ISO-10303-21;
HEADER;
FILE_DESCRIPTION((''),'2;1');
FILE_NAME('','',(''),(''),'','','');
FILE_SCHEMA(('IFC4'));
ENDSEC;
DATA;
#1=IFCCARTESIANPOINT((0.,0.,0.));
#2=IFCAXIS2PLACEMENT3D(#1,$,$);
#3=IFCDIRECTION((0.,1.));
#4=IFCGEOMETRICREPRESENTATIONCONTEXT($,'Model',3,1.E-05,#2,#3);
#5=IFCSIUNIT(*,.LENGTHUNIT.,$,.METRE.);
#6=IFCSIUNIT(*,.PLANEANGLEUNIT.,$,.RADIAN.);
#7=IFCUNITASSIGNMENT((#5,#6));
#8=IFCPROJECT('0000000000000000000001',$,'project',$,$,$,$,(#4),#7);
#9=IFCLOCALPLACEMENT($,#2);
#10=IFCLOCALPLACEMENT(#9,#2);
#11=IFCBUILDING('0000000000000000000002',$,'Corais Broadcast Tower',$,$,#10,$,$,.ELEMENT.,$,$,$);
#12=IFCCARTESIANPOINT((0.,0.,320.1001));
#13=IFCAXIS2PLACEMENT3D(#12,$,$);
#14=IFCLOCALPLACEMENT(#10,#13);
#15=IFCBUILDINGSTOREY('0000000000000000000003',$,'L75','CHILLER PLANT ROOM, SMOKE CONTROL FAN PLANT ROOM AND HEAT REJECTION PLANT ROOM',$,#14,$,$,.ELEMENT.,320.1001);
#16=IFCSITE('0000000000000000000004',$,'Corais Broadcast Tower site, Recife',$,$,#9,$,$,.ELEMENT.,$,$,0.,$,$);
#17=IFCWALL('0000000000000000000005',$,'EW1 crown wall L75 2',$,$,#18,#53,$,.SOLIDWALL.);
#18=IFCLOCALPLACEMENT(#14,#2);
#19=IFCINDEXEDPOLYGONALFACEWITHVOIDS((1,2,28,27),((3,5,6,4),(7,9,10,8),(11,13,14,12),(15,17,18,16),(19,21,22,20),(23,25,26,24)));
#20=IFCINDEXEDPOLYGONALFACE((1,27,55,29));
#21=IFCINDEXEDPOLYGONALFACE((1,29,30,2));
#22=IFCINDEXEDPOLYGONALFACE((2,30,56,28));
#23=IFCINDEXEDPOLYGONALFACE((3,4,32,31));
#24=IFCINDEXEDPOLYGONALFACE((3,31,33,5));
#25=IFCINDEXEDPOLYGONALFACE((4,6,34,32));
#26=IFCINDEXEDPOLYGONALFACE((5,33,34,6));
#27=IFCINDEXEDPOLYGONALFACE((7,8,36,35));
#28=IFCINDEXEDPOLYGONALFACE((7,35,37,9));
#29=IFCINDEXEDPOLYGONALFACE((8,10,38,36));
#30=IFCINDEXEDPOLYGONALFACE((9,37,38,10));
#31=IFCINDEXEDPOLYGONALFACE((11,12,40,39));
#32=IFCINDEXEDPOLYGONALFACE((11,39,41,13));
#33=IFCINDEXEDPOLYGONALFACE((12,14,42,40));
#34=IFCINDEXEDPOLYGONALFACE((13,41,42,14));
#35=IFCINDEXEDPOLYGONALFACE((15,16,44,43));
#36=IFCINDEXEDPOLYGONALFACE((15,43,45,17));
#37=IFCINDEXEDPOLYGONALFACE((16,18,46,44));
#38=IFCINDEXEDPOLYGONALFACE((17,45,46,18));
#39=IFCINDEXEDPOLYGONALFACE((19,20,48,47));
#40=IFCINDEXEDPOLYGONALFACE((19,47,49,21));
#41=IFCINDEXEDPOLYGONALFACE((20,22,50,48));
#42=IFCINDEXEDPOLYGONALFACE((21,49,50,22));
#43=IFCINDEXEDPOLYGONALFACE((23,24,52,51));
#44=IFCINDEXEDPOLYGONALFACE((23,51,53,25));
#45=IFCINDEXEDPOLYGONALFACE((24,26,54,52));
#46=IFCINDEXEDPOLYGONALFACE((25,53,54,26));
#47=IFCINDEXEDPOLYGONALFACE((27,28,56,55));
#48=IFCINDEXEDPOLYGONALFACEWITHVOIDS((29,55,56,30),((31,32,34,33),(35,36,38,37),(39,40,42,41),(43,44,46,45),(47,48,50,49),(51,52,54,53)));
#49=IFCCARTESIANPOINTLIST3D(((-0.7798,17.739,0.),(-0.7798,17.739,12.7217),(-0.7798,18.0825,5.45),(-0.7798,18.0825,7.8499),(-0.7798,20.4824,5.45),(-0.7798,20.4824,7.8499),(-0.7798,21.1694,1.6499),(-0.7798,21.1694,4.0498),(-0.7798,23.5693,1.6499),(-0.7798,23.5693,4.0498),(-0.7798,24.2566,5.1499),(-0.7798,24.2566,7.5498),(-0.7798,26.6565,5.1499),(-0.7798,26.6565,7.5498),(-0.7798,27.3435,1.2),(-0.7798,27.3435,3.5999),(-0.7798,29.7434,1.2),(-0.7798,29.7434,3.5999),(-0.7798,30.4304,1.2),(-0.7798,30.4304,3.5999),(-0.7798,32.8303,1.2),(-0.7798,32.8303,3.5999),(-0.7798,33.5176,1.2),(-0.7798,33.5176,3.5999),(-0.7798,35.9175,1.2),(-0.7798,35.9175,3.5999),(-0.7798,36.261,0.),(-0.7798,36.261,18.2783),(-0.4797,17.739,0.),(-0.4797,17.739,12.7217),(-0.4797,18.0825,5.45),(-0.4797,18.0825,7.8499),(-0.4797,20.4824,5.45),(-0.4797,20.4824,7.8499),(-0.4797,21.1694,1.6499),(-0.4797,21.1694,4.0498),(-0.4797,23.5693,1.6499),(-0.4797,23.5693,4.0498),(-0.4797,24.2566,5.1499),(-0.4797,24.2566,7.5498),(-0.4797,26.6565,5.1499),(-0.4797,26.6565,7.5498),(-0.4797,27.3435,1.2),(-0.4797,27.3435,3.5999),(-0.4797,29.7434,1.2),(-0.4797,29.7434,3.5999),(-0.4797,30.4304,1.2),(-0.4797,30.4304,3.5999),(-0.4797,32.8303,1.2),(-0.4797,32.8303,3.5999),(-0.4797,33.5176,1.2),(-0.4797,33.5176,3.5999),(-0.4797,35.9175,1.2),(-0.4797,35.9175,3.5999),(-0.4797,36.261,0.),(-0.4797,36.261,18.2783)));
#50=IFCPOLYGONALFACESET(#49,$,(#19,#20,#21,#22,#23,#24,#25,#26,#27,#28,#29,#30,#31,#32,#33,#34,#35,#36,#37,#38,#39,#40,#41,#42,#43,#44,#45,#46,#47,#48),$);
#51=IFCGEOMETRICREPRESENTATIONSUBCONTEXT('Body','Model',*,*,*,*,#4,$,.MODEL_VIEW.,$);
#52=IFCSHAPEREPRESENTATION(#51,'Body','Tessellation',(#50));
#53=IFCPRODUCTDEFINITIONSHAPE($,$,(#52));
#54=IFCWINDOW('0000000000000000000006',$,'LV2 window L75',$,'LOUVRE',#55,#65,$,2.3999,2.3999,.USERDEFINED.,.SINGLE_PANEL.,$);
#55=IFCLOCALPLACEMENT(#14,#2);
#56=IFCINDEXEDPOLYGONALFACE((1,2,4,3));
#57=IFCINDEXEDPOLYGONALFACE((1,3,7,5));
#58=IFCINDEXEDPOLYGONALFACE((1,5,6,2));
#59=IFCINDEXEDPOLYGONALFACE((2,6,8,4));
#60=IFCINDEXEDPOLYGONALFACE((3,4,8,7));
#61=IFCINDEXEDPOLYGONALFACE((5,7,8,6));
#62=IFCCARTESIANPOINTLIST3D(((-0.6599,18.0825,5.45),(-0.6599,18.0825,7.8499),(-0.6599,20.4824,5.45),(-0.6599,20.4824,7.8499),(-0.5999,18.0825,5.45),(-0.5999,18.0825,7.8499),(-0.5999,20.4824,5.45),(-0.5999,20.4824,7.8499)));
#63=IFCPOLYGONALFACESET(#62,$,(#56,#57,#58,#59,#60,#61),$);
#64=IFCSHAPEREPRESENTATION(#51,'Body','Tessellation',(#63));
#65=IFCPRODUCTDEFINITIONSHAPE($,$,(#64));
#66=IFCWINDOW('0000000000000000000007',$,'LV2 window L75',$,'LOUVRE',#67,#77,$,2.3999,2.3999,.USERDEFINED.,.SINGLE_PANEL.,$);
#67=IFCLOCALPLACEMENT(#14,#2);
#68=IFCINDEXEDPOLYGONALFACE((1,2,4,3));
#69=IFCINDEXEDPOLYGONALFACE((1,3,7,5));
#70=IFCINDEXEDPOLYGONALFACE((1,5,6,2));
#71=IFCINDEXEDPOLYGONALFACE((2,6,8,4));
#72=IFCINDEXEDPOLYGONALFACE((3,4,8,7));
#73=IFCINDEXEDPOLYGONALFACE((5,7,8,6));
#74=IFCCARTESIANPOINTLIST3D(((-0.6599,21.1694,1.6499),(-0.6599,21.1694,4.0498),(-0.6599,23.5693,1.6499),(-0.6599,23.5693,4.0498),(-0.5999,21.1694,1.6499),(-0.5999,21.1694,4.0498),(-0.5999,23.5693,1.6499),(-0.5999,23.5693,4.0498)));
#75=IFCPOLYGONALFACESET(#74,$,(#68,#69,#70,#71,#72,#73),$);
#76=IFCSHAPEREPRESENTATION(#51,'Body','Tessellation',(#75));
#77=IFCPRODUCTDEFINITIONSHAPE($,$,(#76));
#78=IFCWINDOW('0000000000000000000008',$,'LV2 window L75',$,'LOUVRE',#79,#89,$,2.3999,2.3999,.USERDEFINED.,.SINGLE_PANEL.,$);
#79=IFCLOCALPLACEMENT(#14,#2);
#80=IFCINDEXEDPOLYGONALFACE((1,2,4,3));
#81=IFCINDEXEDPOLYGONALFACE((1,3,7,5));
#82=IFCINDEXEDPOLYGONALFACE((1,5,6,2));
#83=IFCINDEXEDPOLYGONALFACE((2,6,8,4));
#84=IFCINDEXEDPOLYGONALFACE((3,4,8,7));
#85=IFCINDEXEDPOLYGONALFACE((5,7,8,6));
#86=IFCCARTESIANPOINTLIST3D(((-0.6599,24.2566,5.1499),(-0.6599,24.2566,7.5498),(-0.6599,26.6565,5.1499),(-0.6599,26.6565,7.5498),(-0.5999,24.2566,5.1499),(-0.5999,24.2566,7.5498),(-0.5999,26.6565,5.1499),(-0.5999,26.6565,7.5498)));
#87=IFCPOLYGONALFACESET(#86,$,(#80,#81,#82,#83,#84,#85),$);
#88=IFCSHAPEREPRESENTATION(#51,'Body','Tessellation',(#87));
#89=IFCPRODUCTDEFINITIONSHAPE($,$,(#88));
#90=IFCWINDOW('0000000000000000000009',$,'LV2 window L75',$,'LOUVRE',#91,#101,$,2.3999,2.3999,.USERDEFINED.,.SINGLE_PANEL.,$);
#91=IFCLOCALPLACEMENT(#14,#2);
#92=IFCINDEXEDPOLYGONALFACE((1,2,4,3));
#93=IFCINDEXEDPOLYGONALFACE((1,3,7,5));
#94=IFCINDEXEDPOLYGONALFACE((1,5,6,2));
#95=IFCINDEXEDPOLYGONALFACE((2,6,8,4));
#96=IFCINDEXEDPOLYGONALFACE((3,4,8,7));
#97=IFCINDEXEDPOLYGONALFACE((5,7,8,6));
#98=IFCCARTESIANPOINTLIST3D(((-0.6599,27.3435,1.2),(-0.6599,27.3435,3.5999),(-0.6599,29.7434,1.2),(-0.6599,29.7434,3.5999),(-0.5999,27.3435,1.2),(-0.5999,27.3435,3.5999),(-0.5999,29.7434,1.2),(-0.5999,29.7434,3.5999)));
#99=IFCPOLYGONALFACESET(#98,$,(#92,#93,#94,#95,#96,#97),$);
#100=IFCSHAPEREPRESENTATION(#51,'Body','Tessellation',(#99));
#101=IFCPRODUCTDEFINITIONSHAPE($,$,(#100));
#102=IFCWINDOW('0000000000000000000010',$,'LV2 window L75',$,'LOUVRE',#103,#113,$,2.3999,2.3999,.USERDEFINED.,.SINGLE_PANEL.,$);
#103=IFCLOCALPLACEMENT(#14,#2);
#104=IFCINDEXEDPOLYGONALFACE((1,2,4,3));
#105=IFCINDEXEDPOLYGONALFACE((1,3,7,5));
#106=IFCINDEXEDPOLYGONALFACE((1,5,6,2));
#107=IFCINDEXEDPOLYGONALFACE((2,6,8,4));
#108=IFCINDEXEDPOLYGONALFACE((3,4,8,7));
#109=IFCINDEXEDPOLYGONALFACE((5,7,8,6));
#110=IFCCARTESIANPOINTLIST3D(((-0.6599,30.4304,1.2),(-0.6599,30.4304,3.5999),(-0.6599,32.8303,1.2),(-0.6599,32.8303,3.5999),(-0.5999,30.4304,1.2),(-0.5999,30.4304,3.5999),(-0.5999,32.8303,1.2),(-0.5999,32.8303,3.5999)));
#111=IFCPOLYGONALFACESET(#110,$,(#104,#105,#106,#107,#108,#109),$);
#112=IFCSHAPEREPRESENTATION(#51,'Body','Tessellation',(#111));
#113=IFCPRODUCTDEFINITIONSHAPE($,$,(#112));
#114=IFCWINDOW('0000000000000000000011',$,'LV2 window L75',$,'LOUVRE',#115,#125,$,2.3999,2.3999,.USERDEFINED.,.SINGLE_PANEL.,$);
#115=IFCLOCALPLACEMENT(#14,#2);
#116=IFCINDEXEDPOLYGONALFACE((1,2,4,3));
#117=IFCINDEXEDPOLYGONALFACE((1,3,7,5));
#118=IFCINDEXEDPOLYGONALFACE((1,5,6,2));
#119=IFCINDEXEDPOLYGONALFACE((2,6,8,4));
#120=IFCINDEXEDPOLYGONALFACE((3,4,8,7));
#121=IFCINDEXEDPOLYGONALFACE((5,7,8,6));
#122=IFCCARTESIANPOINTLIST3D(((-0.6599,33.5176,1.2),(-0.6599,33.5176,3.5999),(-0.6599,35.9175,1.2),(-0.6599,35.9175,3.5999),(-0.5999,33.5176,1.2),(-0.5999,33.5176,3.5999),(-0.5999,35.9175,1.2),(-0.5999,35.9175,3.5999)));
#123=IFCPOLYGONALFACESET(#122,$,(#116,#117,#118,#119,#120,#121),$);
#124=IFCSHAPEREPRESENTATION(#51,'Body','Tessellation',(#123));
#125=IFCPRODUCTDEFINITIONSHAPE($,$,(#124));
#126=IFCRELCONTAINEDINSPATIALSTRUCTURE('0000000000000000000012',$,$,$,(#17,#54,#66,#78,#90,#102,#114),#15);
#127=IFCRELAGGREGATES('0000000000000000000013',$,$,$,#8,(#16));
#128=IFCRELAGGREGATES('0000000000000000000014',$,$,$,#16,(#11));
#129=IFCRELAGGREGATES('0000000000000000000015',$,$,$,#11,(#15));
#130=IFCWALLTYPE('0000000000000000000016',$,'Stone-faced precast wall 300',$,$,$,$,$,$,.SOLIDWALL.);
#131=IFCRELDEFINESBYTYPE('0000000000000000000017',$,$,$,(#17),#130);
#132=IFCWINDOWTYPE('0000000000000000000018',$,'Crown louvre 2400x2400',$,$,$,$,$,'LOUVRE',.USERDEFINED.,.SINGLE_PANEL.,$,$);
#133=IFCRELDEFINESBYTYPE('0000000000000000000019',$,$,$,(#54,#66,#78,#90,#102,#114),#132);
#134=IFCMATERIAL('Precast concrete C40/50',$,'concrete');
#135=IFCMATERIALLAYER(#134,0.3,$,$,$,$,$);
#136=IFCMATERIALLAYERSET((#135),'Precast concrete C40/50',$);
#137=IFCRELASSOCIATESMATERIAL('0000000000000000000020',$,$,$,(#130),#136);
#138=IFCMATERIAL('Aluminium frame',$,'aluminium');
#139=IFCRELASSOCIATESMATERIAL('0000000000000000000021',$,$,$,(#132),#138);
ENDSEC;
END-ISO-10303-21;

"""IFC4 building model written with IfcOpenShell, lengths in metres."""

from ifc_helpers import new_model, si_unit, direction, frame, frame_2d, origin, place, context, subcontext, project, spatial, polyline, rectangle, outline, extrude, material, layer, layer_set, type_object, element, fill, save


model = new_model("IFC4")

# Units and contexts
model_context = context("Model", 3, precision=1e-05, world=origin(), true_north=direction((0.0, 1.0)))
body_context = subcontext(model_context, "Body", "Model", "MODEL_VIEW")
ifc_project = project(units=[si_unit("LENGTHUNIT", "METRE"), si_unit("PLANEANGLEUNIT", "RADIAN")], contexts=[model_context])

# Site, building, storey
site_placement = place(None, origin())
site = spatial("IfcSite", under=ifc_project, at=site_placement, Name="Corais Broadcast Tower site, Recife", CompositionType="ELEMENT", RefElevation=0.0)
building_placement = place(site_placement, origin())
building = spatial("IfcBuilding", under=site, at=building_placement, Name="Corais Broadcast Tower", CompositionType="ELEMENT")
storey_placement = place(building_placement, frame((0.0, 0.0, 320.1001)))
storey = spatial("IfcBuildingStorey", under=building, at=storey_placement, Name="L75", Description="CHILLER PLANT ROOM, SMOKE CONTROL FAN PLANT ROOM AND HEAT REJECTION PLANT ROOM", CompositionType="ELEMENT", Elevation=320.1001)

# Wall, openings, windows
ifc_material_1 = material(Name="Precast concrete C40/50", Category="concrete")
ifc_layer_1 = layer(ifc_material_1, 0.3)
ifc_layer_set_1 = layer_set([ifc_layer_1], Name="Precast concrete C40/50")
wall_type = type_object("IfcWallType", Name="Stone-faced precast wall 300", PredefinedType="SOLIDWALL", material=ifc_layer_set_1)
wall_placement = place(storey_placement, frame((-0.6299, 17.739, 0.0), z_axis=(0.0, 0.0, 1.0), x_axis=(0.0, 1.0, 0.0)))
wall = element("IfcWall", 1, at=wall_placement, inside=storey, type_object=wall_type, Name="EW1 crown wall L75 2", PredefinedType="SOLIDWALL", context=body_context, shape_type="SweptSolid", body=[
    extrude(outline(polyline([(0.0, 0.0), (18.522, 0.0), (18.522, 18.2783), (0.0, 12.7217), (0.0, 0.0)])), frame((0.0, 0.1499, 0.0), z_axis=(0.0, -1.0, 0.0), x_axis=(1.0, 0.0, 0.0)), (0.0, 0.0, 1.0), 0.3),
])
opening_1_placement = place(wall_placement, frame((0.3435, 0.0, 5.45)))
opening_1 = element("IfcOpeningElement", 2, at=opening_1_placement, cuts=wall, PredefinedType="OPENING", context=body_context, shape_type="SweptSolid", body=[
    extrude(rectangle(XDim=2.3999, YDim=2.3999, at=frame_2d((1.2, 1.2))), frame((0.0, 0.1599, 0.0), z_axis=(0.0, -1.0, 0.0), x_axis=(1.0, 0.0, 0.0)), (0.0, 0.0, 1.0), 0.3201),
])
opening_2_placement = place(wall_placement, frame((3.4304, 0.0, 1.6499)))
opening_2 = element("IfcOpeningElement", 3, at=opening_2_placement, cuts=wall, PredefinedType="OPENING", context=body_context, shape_type="SweptSolid", body=[
    extrude(rectangle(XDim=2.3999, YDim=2.3999, at=frame_2d((1.2, 1.2))), frame((0.0, 0.1599, 0.0), z_axis=(0.0, -1.0, 0.0), x_axis=(1.0, 0.0, 0.0)), (0.0, 0.0, 1.0), 0.3201),
])
opening_3_placement = place(wall_placement, frame((6.5176, 0.0, 5.1499)))
opening_3 = element("IfcOpeningElement", 4, at=opening_3_placement, cuts=wall, PredefinedType="OPENING", context=body_context, shape_type="SweptSolid", body=[
    extrude(rectangle(XDim=2.3999, YDim=2.3999, at=frame_2d((1.2, 1.2))), frame((0.0, 0.1599, 0.0), z_axis=(0.0, -1.0, 0.0), x_axis=(1.0, 0.0, 0.0)), (0.0, 0.0, 1.0), 0.3201),
])
opening_4_placement = place(wall_placement, frame((9.6045, 0.0, 1.2)))
opening_4 = element("IfcOpeningElement", 5, at=opening_4_placement, cuts=wall, PredefinedType="OPENING", context=body_context, shape_type="SweptSolid", body=[
    extrude(rectangle(XDim=2.3999, YDim=2.3999, at=frame_2d((1.2, 1.2))), frame((0.0, 0.1599, 0.0), z_axis=(0.0, -1.0, 0.0), x_axis=(1.0, 0.0, 0.0)), (0.0, 0.0, 1.0), 0.3201),
])
opening_5_placement = place(wall_placement, frame((12.6914, 0.0, 1.2)))
opening_5 = element("IfcOpeningElement", 6, at=opening_5_placement, cuts=wall, PredefinedType="OPENING", context=body_context, shape_type="SweptSolid", body=[
    extrude(rectangle(XDim=2.3999, YDim=2.3999, at=frame_2d((1.2, 1.2))), frame((0.0, 0.1599, 0.0), z_axis=(0.0, -1.0, 0.0), x_axis=(1.0, 0.0, 0.0)), (0.0, 0.0, 1.0), 0.3201),
])
opening_6_placement = place(wall_placement, frame((15.7786, 0.0, 1.2)))
opening_6 = element("IfcOpeningElement", 7, at=opening_6_placement, cuts=wall, PredefinedType="OPENING", context=body_context, shape_type="SweptSolid", body=[
    extrude(rectangle(XDim=2.3999, YDim=2.3999, at=frame_2d((1.2, 1.2))), frame((0.0, 0.1599, 0.0), z_axis=(0.0, -1.0, 0.0), x_axis=(1.0, 0.0, 0.0)), (0.0, 0.0, 1.0), 0.3201),
])
ifc_material_2 = material(Name="Aluminium frame", Category="aluminium")
window_type = type_object("IfcWindowType", Name="Crown louvre 2400x2400", ElementType="LOUVRE", PartitioningType="SINGLE_PANEL", PredefinedType="USERDEFINED", material=ifc_material_2)
window_1_placement = place(opening_1_placement, origin())
window_1 = element("IfcWindow", 8, at=window_1_placement, inside=storey, type_object=window_type, Name="LV2 window L75", ObjectType="LOUVRE", OverallHeight=2.3999, OverallWidth=2.3999, PartitioningType="SINGLE_PANEL", PredefinedType="USERDEFINED", context=body_context, shape_type="SweptSolid", body=[
    extrude(rectangle(XDim=2.3999, YDim=2.3999, at=frame_2d((1.2, 1.2))), frame((0.0, 0.03, 0.0), z_axis=(0.0, -1.0, 0.0), x_axis=(1.0, 0.0, 0.0)), (0.0, 0.0, 1.0), 0.0601),
])
fill(opening_1, window_1)
window_2_placement = place(opening_2_placement, origin())
window_2 = element("IfcWindow", 9, at=window_2_placement, inside=storey, type_object=window_type, Name="LV2 window L75", ObjectType="LOUVRE", OverallHeight=2.3999, OverallWidth=2.3999, PartitioningType="SINGLE_PANEL", PredefinedType="USERDEFINED", context=body_context, shape_type="SweptSolid", body=[
    extrude(rectangle(XDim=2.3999, YDim=2.3999, at=frame_2d((1.2, 1.2))), frame((0.0, 0.03, 0.0), z_axis=(0.0, -1.0, 0.0), x_axis=(1.0, 0.0, 0.0)), (0.0, 0.0, 1.0), 0.0601),
])
fill(opening_2, window_2)
window_3_placement = place(opening_3_placement, origin())
window_3 = element("IfcWindow", 10, at=window_3_placement, inside=storey, type_object=window_type, Name="LV2 window L75", ObjectType="LOUVRE", OverallHeight=2.3999, OverallWidth=2.3999, PartitioningType="SINGLE_PANEL", PredefinedType="USERDEFINED", context=body_context, shape_type="SweptSolid", body=[
    extrude(rectangle(XDim=2.3999, YDim=2.3999, at=frame_2d((1.2, 1.2))), frame((0.0, 0.03, 0.0), z_axis=(0.0, -1.0, 0.0), x_axis=(1.0, 0.0, 0.0)), (0.0, 0.0, 1.0), 0.0601),
])
fill(opening_3, window_3)
window_4_placement = place(opening_4_placement, origin())
window_4 = element("IfcWindow", 11, at=window_4_placement, inside=storey, type_object=window_type, Name="LV2 window L75", ObjectType="LOUVRE", OverallHeight=2.3999, OverallWidth=2.3999, PartitioningType="SINGLE_PANEL", PredefinedType="USERDEFINED", context=body_context, shape_type="SweptSolid", body=[
    extrude(rectangle(XDim=2.3999, YDim=2.3999, at=frame_2d((1.2, 1.2))), frame((0.0, 0.03, 0.0), z_axis=(0.0, -1.0, 0.0), x_axis=(1.0, 0.0, 0.0)), (0.0, 0.0, 1.0), 0.0601),
])
fill(opening_4, window_4)
window_5_placement = place(opening_5_placement, origin())
window_5 = element("IfcWindow", 12, at=window_5_placement, inside=storey, type_object=window_type, Name="LV2 window L75", ObjectType="LOUVRE", OverallHeight=2.3999, OverallWidth=2.3999, PartitioningType="SINGLE_PANEL", PredefinedType="USERDEFINED", context=body_context, shape_type="SweptSolid", body=[
    extrude(rectangle(XDim=2.3999, YDim=2.3999, at=frame_2d((1.2, 1.2))), frame((0.0, 0.03, 0.0), z_axis=(0.0, -1.0, 0.0), x_axis=(1.0, 0.0, 0.0)), (0.0, 0.0, 1.0), 0.0601),
])
fill(opening_5, window_5)
window_6_placement = place(opening_6_placement, origin())
window_6 = element("IfcWindow", 13, at=window_6_placement, inside=storey, type_object=window_type, Name="LV2 window L75", ObjectType="LOUVRE", OverallHeight=2.3999, OverallWidth=2.3999, PartitioningType="SINGLE_PANEL", PredefinedType="USERDEFINED", context=body_context, shape_type="SweptSolid", body=[
    extrude(rectangle(XDim=2.3999, YDim=2.3999, at=frame_2d((1.2, 1.2))), frame((0.0, 0.03, 0.0), z_axis=(0.0, -1.0, 0.0), x_axis=(1.0, 0.0, 0.0)), (0.0, 0.0, 1.0), 0.0601),
])
fill(opening_6, window_6)

save(model, "model.ifc")
